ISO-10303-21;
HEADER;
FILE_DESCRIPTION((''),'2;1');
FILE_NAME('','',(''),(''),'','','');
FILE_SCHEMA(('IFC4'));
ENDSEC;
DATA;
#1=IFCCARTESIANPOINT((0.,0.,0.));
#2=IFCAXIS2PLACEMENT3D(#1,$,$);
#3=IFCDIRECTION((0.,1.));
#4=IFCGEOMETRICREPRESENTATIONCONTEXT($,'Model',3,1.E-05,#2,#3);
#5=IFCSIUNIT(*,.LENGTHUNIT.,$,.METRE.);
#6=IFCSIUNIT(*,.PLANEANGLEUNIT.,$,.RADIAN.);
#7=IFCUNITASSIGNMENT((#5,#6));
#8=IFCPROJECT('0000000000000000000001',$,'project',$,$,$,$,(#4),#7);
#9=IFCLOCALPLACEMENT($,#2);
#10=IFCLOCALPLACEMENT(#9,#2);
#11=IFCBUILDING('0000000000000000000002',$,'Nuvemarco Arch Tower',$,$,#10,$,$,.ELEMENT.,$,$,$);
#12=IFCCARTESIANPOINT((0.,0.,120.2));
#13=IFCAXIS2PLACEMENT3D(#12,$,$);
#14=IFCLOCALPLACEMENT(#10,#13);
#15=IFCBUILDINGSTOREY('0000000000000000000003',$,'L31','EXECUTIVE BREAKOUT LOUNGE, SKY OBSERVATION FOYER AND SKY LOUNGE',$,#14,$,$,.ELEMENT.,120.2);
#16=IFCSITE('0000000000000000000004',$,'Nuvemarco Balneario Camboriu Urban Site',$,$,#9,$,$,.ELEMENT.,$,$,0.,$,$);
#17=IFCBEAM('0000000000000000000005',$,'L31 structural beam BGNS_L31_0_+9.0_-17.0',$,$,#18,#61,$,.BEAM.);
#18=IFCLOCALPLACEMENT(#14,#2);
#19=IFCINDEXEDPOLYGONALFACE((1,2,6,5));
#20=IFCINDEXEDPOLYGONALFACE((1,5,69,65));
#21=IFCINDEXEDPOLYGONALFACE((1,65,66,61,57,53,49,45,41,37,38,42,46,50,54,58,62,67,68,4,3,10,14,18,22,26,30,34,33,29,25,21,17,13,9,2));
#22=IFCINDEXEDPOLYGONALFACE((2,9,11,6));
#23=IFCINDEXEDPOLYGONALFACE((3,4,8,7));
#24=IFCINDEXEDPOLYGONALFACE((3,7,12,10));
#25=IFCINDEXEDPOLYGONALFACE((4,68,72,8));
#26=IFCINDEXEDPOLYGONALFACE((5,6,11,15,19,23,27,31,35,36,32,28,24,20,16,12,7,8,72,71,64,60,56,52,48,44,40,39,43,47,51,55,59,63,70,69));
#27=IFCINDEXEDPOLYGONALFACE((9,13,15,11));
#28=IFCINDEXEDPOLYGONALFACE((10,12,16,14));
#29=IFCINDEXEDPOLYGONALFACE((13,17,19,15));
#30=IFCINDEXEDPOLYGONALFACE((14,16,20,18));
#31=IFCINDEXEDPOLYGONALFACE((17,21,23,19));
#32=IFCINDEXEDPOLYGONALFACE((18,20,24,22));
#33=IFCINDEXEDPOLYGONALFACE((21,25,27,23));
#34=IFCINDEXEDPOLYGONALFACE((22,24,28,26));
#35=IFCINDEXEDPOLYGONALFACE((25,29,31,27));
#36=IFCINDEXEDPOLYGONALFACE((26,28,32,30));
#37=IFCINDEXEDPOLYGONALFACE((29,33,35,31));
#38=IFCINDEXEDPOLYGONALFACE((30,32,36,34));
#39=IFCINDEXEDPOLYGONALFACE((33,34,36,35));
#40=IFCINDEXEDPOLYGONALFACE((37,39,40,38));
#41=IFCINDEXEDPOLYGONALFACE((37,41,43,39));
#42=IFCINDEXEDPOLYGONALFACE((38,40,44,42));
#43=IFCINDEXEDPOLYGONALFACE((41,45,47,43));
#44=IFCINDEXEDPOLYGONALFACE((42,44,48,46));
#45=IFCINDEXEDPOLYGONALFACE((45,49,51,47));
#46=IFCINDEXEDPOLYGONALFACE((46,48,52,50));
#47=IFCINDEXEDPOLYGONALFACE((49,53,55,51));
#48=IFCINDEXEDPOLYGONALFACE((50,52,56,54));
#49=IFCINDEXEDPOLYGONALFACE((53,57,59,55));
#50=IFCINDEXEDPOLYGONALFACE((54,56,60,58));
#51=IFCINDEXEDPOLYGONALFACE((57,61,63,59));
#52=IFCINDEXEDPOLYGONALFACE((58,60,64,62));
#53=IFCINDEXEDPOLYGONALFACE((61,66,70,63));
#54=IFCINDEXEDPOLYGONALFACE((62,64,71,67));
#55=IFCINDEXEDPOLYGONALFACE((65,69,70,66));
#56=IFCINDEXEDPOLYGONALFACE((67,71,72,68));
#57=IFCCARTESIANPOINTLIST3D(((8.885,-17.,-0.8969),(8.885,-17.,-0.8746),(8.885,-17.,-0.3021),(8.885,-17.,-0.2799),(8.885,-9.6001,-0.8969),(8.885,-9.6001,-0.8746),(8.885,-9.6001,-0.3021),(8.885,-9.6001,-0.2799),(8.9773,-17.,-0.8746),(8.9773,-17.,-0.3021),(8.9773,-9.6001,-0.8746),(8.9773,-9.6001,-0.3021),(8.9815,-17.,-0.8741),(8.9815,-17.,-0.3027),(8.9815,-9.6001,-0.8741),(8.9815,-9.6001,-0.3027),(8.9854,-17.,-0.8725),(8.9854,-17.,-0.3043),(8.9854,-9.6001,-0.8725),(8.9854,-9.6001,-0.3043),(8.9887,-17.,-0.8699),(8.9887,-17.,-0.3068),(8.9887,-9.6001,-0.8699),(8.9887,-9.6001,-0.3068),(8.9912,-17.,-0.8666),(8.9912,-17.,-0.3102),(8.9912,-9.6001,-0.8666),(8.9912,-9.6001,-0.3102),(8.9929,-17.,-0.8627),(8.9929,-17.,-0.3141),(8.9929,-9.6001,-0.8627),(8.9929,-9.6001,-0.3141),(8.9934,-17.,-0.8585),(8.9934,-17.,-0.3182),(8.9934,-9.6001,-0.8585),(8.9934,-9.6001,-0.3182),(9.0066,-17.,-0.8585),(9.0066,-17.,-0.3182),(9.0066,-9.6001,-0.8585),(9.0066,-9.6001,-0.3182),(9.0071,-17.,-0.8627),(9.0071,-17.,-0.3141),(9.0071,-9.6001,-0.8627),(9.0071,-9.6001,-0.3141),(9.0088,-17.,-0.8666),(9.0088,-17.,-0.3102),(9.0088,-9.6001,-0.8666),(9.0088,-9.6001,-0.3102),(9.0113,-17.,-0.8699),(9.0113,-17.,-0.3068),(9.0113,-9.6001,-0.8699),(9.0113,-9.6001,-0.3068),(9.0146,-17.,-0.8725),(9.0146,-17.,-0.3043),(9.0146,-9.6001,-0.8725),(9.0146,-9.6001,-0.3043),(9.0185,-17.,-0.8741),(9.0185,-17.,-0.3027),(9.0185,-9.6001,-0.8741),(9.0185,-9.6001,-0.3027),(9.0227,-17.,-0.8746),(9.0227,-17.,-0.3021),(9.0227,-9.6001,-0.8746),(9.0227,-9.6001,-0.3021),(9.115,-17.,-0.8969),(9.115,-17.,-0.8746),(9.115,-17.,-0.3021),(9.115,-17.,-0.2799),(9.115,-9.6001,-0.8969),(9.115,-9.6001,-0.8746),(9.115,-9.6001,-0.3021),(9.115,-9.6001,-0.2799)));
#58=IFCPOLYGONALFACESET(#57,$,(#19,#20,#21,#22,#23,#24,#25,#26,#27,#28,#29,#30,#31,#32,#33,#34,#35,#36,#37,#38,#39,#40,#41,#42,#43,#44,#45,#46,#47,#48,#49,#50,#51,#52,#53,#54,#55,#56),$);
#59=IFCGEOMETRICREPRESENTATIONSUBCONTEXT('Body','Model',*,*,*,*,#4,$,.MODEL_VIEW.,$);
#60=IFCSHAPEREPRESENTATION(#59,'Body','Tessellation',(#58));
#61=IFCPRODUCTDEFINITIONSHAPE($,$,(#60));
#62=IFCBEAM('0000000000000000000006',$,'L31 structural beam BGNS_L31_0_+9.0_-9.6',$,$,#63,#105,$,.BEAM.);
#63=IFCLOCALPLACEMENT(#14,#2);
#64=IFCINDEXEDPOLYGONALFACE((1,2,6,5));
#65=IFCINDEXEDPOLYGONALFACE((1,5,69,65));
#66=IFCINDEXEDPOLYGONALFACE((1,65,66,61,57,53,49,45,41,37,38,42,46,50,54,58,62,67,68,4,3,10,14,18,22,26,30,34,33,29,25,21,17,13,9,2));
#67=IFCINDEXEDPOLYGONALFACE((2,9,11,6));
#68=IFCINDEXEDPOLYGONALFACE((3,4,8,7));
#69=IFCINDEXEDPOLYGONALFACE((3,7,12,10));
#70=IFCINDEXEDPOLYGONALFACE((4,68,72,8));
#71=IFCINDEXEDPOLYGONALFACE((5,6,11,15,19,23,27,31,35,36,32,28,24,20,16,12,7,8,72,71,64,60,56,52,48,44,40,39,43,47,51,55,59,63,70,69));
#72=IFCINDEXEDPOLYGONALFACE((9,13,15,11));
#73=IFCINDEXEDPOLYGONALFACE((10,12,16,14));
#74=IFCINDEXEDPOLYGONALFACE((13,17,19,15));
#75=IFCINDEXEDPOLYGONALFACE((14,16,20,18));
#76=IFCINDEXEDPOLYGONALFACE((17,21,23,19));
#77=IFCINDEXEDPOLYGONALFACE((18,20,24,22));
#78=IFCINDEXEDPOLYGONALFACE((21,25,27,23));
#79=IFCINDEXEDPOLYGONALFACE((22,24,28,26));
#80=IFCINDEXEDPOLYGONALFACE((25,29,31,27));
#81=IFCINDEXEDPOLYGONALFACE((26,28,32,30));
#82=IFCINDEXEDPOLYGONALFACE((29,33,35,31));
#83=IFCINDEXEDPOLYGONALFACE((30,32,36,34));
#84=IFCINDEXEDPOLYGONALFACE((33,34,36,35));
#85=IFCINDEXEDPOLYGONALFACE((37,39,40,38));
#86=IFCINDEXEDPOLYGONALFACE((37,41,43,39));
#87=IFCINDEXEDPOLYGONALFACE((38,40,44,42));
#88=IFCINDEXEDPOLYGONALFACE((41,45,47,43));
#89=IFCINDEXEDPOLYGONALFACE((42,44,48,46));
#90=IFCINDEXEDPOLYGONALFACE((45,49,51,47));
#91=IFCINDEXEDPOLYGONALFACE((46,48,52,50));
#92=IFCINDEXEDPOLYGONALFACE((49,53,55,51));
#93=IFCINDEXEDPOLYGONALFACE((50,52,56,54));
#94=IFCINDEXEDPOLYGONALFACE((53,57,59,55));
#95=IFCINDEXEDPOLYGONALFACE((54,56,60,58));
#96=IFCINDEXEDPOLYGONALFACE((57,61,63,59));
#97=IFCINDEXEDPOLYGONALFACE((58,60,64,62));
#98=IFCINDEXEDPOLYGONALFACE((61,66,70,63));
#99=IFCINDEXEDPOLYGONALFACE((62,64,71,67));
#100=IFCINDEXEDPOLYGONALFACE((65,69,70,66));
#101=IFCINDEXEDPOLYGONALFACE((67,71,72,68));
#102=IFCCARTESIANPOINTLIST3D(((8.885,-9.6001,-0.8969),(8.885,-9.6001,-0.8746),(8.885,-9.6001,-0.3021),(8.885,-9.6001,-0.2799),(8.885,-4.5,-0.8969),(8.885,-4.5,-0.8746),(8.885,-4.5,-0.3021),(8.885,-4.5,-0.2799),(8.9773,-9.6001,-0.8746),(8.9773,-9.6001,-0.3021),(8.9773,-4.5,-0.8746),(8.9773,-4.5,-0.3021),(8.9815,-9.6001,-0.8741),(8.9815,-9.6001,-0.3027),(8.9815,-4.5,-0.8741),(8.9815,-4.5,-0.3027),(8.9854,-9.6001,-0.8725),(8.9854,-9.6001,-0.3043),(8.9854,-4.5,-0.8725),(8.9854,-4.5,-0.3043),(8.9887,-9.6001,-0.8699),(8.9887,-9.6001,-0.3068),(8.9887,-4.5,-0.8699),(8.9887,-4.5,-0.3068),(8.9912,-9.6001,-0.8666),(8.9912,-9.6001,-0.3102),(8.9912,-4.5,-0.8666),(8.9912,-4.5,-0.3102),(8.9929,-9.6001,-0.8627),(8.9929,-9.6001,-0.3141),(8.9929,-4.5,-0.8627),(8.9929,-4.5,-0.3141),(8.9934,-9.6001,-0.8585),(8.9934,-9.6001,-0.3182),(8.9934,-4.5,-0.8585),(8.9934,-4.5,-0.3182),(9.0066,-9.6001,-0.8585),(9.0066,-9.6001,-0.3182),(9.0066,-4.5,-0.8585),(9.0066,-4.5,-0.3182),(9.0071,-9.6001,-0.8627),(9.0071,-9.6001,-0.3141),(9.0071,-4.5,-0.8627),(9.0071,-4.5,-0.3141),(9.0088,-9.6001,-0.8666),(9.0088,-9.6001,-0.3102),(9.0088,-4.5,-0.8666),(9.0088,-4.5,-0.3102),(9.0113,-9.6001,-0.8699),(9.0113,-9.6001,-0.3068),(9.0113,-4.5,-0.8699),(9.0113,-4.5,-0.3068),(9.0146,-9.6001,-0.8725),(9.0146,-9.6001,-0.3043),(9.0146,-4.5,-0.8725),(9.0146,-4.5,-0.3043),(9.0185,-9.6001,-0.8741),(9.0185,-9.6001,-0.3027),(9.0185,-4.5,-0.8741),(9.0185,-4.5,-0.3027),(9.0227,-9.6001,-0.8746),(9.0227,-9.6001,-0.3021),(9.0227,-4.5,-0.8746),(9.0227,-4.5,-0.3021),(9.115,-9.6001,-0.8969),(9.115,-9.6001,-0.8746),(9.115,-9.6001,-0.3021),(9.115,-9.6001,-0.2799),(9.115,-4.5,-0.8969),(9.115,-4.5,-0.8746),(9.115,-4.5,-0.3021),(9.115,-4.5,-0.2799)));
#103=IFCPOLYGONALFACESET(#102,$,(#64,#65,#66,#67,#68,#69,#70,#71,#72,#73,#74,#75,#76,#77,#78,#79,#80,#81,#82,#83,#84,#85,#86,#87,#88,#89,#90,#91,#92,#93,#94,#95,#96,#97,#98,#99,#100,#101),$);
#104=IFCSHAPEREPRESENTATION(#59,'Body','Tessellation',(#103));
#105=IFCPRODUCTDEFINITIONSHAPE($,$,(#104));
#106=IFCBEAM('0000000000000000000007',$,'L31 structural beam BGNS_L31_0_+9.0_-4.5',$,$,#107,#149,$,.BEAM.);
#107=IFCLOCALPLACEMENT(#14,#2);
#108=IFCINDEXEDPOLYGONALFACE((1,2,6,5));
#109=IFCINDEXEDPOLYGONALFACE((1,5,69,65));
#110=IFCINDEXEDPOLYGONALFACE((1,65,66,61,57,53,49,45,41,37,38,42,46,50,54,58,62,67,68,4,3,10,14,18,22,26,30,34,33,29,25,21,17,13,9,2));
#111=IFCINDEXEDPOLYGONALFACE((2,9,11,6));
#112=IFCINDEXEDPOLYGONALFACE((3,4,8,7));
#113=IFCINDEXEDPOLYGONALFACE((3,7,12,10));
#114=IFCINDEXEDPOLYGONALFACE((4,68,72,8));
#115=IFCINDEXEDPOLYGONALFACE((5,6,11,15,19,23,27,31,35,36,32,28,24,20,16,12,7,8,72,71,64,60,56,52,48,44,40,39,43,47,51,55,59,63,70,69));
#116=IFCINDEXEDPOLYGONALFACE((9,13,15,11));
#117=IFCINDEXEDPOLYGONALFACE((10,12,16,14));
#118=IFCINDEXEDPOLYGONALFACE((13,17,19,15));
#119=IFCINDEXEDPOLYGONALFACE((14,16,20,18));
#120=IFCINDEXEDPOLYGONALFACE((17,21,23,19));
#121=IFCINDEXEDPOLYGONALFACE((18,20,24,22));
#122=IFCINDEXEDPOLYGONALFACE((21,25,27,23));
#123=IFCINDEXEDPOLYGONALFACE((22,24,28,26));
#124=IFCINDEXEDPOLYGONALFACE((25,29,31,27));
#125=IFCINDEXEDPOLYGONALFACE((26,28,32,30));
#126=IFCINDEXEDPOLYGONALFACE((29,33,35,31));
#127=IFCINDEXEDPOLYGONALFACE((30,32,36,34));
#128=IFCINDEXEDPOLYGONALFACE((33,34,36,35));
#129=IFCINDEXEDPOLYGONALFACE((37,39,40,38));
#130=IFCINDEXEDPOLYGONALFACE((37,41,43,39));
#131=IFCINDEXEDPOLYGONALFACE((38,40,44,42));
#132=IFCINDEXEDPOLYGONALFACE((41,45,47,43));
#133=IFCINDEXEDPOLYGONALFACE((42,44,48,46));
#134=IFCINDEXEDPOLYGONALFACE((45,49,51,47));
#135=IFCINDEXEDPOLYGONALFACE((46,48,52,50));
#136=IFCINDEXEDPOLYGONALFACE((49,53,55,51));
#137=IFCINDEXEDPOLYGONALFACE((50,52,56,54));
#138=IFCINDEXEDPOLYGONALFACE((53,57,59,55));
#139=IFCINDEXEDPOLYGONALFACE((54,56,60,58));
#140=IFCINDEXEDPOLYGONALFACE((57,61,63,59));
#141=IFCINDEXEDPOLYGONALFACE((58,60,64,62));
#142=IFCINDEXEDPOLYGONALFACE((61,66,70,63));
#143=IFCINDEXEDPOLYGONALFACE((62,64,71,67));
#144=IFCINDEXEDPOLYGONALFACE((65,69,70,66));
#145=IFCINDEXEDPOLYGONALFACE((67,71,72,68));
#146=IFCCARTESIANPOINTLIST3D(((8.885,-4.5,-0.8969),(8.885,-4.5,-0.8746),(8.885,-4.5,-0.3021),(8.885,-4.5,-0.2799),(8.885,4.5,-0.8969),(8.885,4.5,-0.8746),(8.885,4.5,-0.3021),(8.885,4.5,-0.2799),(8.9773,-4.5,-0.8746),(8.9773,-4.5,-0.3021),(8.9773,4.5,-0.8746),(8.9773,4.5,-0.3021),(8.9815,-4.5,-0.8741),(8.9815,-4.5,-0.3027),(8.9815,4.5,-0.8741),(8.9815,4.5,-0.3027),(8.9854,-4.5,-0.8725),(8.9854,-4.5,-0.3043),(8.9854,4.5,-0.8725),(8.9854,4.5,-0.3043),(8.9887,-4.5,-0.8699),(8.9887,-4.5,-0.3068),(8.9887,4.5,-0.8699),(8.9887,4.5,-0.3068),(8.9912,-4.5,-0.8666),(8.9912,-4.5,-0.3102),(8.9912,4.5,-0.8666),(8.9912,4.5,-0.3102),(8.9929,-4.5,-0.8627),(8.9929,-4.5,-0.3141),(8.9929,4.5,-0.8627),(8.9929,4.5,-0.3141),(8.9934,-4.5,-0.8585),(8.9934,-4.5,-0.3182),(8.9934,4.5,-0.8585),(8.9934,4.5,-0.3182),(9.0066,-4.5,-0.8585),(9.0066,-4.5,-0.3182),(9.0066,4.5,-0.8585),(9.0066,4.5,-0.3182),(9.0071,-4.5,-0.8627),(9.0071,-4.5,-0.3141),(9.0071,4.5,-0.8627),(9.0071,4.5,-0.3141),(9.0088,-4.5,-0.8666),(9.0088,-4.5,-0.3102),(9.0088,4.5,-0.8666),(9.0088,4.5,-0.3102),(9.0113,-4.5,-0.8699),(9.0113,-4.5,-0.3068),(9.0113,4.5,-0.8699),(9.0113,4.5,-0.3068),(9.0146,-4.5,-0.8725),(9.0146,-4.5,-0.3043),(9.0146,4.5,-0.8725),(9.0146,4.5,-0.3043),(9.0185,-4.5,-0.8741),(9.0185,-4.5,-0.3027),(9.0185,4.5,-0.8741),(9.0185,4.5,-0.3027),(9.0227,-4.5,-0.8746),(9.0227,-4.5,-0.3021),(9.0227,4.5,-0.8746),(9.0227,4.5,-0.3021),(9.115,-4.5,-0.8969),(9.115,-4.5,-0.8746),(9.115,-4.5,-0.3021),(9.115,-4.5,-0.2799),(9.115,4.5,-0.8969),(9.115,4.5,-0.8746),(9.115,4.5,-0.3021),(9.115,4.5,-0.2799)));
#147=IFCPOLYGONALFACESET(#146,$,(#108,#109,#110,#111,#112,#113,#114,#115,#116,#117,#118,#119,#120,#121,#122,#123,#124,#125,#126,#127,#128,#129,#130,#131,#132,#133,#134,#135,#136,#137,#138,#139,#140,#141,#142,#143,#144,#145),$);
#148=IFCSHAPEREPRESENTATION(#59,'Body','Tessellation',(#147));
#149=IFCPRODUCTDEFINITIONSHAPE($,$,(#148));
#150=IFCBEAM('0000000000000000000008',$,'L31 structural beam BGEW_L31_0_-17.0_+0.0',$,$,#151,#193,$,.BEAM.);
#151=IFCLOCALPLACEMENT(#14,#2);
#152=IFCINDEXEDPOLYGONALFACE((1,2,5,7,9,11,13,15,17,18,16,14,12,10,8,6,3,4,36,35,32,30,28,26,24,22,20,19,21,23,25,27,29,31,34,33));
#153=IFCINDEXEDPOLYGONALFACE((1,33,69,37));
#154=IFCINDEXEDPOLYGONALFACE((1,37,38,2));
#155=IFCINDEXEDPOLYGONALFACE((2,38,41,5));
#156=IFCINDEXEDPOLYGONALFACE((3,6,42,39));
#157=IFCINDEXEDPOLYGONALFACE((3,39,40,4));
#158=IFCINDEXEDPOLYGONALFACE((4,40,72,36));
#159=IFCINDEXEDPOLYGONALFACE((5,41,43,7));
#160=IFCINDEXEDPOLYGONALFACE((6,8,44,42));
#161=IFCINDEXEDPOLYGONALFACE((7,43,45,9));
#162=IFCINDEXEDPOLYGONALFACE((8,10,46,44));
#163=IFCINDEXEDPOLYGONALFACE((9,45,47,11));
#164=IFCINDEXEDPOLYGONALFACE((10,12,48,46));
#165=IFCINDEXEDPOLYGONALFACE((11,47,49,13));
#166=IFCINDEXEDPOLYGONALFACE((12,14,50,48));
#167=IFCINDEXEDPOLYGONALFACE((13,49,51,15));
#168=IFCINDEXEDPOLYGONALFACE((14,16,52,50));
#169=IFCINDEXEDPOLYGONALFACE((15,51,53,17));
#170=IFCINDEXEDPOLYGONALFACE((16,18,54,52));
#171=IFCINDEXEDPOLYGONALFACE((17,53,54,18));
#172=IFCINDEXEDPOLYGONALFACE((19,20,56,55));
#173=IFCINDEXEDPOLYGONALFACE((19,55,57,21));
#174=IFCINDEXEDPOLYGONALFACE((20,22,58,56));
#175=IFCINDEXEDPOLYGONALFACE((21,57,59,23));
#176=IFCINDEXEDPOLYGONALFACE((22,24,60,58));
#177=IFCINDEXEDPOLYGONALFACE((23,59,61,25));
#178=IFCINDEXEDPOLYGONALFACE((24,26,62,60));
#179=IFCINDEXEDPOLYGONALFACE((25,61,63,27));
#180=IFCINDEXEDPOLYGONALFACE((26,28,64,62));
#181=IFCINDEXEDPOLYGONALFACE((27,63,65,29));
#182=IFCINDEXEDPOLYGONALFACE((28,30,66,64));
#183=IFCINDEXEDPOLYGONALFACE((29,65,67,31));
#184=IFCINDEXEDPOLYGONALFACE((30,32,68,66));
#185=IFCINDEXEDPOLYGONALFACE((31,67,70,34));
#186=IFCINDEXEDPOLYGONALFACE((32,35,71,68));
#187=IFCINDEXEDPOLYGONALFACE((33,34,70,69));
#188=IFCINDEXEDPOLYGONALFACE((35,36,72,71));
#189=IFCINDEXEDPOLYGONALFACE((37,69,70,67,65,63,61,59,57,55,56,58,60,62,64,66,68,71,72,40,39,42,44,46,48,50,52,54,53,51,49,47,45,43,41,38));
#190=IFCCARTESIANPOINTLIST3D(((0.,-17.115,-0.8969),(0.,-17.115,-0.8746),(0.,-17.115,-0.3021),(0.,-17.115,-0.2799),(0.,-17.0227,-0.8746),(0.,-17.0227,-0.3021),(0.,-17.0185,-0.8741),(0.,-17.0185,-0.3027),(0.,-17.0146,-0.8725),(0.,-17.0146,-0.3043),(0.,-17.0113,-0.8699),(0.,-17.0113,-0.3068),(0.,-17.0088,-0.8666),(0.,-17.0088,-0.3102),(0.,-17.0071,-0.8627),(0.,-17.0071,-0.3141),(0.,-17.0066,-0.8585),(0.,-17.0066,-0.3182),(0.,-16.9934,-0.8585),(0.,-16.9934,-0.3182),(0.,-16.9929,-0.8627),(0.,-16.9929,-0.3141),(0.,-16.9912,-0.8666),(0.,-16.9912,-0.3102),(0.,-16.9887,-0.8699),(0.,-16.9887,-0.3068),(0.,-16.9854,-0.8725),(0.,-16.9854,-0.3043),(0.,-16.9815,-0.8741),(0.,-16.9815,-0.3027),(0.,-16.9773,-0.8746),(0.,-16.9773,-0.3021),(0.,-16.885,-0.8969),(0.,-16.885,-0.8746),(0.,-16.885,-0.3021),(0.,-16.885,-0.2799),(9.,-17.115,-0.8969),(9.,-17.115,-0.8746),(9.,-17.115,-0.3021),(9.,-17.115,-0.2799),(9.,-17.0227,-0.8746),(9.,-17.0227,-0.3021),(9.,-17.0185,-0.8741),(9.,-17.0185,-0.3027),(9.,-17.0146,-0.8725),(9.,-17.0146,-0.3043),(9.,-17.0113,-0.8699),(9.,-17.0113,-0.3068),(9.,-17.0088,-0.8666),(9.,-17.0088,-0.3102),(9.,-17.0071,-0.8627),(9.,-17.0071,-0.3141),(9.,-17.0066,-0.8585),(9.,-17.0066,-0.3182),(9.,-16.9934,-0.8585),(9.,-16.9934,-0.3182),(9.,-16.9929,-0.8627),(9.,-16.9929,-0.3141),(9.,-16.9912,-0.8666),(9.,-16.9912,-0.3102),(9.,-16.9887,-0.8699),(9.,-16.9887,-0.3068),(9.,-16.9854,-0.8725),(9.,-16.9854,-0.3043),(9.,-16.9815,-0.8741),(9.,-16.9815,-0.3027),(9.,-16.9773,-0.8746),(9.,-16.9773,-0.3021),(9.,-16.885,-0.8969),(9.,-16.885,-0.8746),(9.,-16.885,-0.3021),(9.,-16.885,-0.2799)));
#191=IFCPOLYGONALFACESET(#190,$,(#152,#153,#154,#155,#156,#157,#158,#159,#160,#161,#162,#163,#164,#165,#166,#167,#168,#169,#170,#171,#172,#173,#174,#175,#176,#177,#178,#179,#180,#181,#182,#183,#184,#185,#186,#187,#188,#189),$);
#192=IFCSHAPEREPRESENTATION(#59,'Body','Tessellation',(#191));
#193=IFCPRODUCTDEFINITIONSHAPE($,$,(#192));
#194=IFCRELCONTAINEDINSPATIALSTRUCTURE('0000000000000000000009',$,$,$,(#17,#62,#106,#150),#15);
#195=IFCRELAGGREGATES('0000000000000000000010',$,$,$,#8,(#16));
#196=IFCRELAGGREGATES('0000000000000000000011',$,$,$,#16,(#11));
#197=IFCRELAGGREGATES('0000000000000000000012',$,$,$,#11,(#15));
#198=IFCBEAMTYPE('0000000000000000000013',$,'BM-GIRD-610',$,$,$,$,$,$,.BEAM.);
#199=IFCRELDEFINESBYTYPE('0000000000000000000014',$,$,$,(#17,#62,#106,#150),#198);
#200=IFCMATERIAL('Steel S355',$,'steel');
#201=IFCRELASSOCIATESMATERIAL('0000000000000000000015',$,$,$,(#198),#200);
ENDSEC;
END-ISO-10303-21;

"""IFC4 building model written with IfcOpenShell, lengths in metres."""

from ifc_helpers import new_model, si_unit, direction, frame, origin, origin_2d, place, context, subcontext, project, spatial, i_section, extrude, material, material_profile, profile_set, type_object, element, save


model = new_model("IFC4")

# Units and contexts
model_context = context("Model", 3, precision=1e-05, world=origin(), true_north=direction((0.0, 1.0)))
body_context = subcontext(model_context, "Body", "Model", "MODEL_VIEW")
ifc_project = project(units=[si_unit("LENGTHUNIT", "METRE"), si_unit("PLANEANGLEUNIT", "RADIAN")], contexts=[model_context])

# Site, building, storey
site_placement = place(None, origin())
site = spatial("IfcSite", under=ifc_project, at=site_placement, Name="Nuvemarco Balneario Camboriu Urban Site", CompositionType="ELEMENT", RefElevation=0.0)
building_placement = place(site_placement, origin())
building = spatial("IfcBuilding", under=site, at=building_placement, Name="Nuvemarco Arch Tower", CompositionType="ELEMENT")
storey_placement = place(building_placement, frame((0.0, 0.0, 120.2)))
storey = spatial("IfcBuildingStorey", under=building, at=storey_placement, Name="L31", Description="EXECUTIVE BREAKOUT LOUNGE, SKY OBSERVATION FOYER AND SKY LOUNGE", CompositionType="ELEMENT", Elevation=120.2)

# Shared definitions
ifc_material_1 = material(Name="Steel S355", Category="steel")

# Beams
ifc_material_profile_1 = material_profile(ifc_material_1, i_section(OverallWidth=0.23, OverallDepth=0.6169, WebThickness=0.0132, FlangeThickness=0.0222, FilletRadius=0.0161, at=origin_2d()), Name="W610x140")
ifc_profile_set_1 = profile_set([ifc_material_profile_1], Name="Steel S355")
beam_type_1 = type_object("IfcBeamType", Name="BM-GIRD-610", PredefinedType="BEAM", material=ifc_profile_set_1)
beam_1_placement = place(storey_placement, frame((9.0, -17.0, -0.5884), z_axis=(0.0, 1.0, 0.0), x_axis=(-1.0, 0.0, 0.0)))
element("IfcBeam", 1, at=beam_1_placement, inside=storey, type_object=beam_type_1, Name="L31 structural beam BGNS_L31_0_+9.0_-17.0", PredefinedType="BEAM", context=body_context, shape_type="SweptSolid", body=[
    extrude(i_section(OverallWidth=0.23, OverallDepth=0.6169, WebThickness=0.0132, FlangeThickness=0.0222, FilletRadius=0.0161, at=origin_2d()), origin(), (0.0, 0.0, 1.0), 7.3999),
])
beam_2_placement = place(storey_placement, frame((9.0, -9.6001, -0.5884), z_axis=(0.0, 1.0, 0.0), x_axis=(-1.0, 0.0, 0.0)))
element("IfcBeam", 2, at=beam_2_placement, inside=storey, type_object=beam_type_1, Name="L31 structural beam BGNS_L31_0_+9.0_-9.6", PredefinedType="BEAM", context=body_context, shape_type="SweptSolid", body=[
    extrude(i_section(OverallWidth=0.23, OverallDepth=0.6169, WebThickness=0.0132, FlangeThickness=0.0222, FilletRadius=0.0161, at=origin_2d()), origin(), (0.0, 0.0, 1.0), 5.1001),
])
for number, where, z_axis, x_axis, name in (
    (3, (9.0, -4.5, -0.5884), (0.0, 1.0, 0.0), (-1.0, 0.0, 0.0), "L31 structural beam BGNS_L31_0_+9.0_-4.5"),
    (4, (0.0, -17.0, -0.5884), (1.0, 0.0, 0.0), (0.0, 1.0, 0.0), "L31 structural beam BGEW_L31_0_-17.0_+0.0"),
):
    element("IfcBeam", number, at=place(storey_placement, frame(where, z_axis=z_axis, x_axis=x_axis)), inside=storey, type_object=beam_type_1, Name=name, PredefinedType="BEAM", context=body_context, shape_type="SweptSolid", body=[
        extrude(i_section(OverallWidth=0.23, OverallDepth=0.6169, WebThickness=0.0132, FlangeThickness=0.0222, FilletRadius=0.0161, at=origin_2d()), origin(), (0.0, 0.0, 1.0), 9.0),
    ])

save(model, "model.ifc")
